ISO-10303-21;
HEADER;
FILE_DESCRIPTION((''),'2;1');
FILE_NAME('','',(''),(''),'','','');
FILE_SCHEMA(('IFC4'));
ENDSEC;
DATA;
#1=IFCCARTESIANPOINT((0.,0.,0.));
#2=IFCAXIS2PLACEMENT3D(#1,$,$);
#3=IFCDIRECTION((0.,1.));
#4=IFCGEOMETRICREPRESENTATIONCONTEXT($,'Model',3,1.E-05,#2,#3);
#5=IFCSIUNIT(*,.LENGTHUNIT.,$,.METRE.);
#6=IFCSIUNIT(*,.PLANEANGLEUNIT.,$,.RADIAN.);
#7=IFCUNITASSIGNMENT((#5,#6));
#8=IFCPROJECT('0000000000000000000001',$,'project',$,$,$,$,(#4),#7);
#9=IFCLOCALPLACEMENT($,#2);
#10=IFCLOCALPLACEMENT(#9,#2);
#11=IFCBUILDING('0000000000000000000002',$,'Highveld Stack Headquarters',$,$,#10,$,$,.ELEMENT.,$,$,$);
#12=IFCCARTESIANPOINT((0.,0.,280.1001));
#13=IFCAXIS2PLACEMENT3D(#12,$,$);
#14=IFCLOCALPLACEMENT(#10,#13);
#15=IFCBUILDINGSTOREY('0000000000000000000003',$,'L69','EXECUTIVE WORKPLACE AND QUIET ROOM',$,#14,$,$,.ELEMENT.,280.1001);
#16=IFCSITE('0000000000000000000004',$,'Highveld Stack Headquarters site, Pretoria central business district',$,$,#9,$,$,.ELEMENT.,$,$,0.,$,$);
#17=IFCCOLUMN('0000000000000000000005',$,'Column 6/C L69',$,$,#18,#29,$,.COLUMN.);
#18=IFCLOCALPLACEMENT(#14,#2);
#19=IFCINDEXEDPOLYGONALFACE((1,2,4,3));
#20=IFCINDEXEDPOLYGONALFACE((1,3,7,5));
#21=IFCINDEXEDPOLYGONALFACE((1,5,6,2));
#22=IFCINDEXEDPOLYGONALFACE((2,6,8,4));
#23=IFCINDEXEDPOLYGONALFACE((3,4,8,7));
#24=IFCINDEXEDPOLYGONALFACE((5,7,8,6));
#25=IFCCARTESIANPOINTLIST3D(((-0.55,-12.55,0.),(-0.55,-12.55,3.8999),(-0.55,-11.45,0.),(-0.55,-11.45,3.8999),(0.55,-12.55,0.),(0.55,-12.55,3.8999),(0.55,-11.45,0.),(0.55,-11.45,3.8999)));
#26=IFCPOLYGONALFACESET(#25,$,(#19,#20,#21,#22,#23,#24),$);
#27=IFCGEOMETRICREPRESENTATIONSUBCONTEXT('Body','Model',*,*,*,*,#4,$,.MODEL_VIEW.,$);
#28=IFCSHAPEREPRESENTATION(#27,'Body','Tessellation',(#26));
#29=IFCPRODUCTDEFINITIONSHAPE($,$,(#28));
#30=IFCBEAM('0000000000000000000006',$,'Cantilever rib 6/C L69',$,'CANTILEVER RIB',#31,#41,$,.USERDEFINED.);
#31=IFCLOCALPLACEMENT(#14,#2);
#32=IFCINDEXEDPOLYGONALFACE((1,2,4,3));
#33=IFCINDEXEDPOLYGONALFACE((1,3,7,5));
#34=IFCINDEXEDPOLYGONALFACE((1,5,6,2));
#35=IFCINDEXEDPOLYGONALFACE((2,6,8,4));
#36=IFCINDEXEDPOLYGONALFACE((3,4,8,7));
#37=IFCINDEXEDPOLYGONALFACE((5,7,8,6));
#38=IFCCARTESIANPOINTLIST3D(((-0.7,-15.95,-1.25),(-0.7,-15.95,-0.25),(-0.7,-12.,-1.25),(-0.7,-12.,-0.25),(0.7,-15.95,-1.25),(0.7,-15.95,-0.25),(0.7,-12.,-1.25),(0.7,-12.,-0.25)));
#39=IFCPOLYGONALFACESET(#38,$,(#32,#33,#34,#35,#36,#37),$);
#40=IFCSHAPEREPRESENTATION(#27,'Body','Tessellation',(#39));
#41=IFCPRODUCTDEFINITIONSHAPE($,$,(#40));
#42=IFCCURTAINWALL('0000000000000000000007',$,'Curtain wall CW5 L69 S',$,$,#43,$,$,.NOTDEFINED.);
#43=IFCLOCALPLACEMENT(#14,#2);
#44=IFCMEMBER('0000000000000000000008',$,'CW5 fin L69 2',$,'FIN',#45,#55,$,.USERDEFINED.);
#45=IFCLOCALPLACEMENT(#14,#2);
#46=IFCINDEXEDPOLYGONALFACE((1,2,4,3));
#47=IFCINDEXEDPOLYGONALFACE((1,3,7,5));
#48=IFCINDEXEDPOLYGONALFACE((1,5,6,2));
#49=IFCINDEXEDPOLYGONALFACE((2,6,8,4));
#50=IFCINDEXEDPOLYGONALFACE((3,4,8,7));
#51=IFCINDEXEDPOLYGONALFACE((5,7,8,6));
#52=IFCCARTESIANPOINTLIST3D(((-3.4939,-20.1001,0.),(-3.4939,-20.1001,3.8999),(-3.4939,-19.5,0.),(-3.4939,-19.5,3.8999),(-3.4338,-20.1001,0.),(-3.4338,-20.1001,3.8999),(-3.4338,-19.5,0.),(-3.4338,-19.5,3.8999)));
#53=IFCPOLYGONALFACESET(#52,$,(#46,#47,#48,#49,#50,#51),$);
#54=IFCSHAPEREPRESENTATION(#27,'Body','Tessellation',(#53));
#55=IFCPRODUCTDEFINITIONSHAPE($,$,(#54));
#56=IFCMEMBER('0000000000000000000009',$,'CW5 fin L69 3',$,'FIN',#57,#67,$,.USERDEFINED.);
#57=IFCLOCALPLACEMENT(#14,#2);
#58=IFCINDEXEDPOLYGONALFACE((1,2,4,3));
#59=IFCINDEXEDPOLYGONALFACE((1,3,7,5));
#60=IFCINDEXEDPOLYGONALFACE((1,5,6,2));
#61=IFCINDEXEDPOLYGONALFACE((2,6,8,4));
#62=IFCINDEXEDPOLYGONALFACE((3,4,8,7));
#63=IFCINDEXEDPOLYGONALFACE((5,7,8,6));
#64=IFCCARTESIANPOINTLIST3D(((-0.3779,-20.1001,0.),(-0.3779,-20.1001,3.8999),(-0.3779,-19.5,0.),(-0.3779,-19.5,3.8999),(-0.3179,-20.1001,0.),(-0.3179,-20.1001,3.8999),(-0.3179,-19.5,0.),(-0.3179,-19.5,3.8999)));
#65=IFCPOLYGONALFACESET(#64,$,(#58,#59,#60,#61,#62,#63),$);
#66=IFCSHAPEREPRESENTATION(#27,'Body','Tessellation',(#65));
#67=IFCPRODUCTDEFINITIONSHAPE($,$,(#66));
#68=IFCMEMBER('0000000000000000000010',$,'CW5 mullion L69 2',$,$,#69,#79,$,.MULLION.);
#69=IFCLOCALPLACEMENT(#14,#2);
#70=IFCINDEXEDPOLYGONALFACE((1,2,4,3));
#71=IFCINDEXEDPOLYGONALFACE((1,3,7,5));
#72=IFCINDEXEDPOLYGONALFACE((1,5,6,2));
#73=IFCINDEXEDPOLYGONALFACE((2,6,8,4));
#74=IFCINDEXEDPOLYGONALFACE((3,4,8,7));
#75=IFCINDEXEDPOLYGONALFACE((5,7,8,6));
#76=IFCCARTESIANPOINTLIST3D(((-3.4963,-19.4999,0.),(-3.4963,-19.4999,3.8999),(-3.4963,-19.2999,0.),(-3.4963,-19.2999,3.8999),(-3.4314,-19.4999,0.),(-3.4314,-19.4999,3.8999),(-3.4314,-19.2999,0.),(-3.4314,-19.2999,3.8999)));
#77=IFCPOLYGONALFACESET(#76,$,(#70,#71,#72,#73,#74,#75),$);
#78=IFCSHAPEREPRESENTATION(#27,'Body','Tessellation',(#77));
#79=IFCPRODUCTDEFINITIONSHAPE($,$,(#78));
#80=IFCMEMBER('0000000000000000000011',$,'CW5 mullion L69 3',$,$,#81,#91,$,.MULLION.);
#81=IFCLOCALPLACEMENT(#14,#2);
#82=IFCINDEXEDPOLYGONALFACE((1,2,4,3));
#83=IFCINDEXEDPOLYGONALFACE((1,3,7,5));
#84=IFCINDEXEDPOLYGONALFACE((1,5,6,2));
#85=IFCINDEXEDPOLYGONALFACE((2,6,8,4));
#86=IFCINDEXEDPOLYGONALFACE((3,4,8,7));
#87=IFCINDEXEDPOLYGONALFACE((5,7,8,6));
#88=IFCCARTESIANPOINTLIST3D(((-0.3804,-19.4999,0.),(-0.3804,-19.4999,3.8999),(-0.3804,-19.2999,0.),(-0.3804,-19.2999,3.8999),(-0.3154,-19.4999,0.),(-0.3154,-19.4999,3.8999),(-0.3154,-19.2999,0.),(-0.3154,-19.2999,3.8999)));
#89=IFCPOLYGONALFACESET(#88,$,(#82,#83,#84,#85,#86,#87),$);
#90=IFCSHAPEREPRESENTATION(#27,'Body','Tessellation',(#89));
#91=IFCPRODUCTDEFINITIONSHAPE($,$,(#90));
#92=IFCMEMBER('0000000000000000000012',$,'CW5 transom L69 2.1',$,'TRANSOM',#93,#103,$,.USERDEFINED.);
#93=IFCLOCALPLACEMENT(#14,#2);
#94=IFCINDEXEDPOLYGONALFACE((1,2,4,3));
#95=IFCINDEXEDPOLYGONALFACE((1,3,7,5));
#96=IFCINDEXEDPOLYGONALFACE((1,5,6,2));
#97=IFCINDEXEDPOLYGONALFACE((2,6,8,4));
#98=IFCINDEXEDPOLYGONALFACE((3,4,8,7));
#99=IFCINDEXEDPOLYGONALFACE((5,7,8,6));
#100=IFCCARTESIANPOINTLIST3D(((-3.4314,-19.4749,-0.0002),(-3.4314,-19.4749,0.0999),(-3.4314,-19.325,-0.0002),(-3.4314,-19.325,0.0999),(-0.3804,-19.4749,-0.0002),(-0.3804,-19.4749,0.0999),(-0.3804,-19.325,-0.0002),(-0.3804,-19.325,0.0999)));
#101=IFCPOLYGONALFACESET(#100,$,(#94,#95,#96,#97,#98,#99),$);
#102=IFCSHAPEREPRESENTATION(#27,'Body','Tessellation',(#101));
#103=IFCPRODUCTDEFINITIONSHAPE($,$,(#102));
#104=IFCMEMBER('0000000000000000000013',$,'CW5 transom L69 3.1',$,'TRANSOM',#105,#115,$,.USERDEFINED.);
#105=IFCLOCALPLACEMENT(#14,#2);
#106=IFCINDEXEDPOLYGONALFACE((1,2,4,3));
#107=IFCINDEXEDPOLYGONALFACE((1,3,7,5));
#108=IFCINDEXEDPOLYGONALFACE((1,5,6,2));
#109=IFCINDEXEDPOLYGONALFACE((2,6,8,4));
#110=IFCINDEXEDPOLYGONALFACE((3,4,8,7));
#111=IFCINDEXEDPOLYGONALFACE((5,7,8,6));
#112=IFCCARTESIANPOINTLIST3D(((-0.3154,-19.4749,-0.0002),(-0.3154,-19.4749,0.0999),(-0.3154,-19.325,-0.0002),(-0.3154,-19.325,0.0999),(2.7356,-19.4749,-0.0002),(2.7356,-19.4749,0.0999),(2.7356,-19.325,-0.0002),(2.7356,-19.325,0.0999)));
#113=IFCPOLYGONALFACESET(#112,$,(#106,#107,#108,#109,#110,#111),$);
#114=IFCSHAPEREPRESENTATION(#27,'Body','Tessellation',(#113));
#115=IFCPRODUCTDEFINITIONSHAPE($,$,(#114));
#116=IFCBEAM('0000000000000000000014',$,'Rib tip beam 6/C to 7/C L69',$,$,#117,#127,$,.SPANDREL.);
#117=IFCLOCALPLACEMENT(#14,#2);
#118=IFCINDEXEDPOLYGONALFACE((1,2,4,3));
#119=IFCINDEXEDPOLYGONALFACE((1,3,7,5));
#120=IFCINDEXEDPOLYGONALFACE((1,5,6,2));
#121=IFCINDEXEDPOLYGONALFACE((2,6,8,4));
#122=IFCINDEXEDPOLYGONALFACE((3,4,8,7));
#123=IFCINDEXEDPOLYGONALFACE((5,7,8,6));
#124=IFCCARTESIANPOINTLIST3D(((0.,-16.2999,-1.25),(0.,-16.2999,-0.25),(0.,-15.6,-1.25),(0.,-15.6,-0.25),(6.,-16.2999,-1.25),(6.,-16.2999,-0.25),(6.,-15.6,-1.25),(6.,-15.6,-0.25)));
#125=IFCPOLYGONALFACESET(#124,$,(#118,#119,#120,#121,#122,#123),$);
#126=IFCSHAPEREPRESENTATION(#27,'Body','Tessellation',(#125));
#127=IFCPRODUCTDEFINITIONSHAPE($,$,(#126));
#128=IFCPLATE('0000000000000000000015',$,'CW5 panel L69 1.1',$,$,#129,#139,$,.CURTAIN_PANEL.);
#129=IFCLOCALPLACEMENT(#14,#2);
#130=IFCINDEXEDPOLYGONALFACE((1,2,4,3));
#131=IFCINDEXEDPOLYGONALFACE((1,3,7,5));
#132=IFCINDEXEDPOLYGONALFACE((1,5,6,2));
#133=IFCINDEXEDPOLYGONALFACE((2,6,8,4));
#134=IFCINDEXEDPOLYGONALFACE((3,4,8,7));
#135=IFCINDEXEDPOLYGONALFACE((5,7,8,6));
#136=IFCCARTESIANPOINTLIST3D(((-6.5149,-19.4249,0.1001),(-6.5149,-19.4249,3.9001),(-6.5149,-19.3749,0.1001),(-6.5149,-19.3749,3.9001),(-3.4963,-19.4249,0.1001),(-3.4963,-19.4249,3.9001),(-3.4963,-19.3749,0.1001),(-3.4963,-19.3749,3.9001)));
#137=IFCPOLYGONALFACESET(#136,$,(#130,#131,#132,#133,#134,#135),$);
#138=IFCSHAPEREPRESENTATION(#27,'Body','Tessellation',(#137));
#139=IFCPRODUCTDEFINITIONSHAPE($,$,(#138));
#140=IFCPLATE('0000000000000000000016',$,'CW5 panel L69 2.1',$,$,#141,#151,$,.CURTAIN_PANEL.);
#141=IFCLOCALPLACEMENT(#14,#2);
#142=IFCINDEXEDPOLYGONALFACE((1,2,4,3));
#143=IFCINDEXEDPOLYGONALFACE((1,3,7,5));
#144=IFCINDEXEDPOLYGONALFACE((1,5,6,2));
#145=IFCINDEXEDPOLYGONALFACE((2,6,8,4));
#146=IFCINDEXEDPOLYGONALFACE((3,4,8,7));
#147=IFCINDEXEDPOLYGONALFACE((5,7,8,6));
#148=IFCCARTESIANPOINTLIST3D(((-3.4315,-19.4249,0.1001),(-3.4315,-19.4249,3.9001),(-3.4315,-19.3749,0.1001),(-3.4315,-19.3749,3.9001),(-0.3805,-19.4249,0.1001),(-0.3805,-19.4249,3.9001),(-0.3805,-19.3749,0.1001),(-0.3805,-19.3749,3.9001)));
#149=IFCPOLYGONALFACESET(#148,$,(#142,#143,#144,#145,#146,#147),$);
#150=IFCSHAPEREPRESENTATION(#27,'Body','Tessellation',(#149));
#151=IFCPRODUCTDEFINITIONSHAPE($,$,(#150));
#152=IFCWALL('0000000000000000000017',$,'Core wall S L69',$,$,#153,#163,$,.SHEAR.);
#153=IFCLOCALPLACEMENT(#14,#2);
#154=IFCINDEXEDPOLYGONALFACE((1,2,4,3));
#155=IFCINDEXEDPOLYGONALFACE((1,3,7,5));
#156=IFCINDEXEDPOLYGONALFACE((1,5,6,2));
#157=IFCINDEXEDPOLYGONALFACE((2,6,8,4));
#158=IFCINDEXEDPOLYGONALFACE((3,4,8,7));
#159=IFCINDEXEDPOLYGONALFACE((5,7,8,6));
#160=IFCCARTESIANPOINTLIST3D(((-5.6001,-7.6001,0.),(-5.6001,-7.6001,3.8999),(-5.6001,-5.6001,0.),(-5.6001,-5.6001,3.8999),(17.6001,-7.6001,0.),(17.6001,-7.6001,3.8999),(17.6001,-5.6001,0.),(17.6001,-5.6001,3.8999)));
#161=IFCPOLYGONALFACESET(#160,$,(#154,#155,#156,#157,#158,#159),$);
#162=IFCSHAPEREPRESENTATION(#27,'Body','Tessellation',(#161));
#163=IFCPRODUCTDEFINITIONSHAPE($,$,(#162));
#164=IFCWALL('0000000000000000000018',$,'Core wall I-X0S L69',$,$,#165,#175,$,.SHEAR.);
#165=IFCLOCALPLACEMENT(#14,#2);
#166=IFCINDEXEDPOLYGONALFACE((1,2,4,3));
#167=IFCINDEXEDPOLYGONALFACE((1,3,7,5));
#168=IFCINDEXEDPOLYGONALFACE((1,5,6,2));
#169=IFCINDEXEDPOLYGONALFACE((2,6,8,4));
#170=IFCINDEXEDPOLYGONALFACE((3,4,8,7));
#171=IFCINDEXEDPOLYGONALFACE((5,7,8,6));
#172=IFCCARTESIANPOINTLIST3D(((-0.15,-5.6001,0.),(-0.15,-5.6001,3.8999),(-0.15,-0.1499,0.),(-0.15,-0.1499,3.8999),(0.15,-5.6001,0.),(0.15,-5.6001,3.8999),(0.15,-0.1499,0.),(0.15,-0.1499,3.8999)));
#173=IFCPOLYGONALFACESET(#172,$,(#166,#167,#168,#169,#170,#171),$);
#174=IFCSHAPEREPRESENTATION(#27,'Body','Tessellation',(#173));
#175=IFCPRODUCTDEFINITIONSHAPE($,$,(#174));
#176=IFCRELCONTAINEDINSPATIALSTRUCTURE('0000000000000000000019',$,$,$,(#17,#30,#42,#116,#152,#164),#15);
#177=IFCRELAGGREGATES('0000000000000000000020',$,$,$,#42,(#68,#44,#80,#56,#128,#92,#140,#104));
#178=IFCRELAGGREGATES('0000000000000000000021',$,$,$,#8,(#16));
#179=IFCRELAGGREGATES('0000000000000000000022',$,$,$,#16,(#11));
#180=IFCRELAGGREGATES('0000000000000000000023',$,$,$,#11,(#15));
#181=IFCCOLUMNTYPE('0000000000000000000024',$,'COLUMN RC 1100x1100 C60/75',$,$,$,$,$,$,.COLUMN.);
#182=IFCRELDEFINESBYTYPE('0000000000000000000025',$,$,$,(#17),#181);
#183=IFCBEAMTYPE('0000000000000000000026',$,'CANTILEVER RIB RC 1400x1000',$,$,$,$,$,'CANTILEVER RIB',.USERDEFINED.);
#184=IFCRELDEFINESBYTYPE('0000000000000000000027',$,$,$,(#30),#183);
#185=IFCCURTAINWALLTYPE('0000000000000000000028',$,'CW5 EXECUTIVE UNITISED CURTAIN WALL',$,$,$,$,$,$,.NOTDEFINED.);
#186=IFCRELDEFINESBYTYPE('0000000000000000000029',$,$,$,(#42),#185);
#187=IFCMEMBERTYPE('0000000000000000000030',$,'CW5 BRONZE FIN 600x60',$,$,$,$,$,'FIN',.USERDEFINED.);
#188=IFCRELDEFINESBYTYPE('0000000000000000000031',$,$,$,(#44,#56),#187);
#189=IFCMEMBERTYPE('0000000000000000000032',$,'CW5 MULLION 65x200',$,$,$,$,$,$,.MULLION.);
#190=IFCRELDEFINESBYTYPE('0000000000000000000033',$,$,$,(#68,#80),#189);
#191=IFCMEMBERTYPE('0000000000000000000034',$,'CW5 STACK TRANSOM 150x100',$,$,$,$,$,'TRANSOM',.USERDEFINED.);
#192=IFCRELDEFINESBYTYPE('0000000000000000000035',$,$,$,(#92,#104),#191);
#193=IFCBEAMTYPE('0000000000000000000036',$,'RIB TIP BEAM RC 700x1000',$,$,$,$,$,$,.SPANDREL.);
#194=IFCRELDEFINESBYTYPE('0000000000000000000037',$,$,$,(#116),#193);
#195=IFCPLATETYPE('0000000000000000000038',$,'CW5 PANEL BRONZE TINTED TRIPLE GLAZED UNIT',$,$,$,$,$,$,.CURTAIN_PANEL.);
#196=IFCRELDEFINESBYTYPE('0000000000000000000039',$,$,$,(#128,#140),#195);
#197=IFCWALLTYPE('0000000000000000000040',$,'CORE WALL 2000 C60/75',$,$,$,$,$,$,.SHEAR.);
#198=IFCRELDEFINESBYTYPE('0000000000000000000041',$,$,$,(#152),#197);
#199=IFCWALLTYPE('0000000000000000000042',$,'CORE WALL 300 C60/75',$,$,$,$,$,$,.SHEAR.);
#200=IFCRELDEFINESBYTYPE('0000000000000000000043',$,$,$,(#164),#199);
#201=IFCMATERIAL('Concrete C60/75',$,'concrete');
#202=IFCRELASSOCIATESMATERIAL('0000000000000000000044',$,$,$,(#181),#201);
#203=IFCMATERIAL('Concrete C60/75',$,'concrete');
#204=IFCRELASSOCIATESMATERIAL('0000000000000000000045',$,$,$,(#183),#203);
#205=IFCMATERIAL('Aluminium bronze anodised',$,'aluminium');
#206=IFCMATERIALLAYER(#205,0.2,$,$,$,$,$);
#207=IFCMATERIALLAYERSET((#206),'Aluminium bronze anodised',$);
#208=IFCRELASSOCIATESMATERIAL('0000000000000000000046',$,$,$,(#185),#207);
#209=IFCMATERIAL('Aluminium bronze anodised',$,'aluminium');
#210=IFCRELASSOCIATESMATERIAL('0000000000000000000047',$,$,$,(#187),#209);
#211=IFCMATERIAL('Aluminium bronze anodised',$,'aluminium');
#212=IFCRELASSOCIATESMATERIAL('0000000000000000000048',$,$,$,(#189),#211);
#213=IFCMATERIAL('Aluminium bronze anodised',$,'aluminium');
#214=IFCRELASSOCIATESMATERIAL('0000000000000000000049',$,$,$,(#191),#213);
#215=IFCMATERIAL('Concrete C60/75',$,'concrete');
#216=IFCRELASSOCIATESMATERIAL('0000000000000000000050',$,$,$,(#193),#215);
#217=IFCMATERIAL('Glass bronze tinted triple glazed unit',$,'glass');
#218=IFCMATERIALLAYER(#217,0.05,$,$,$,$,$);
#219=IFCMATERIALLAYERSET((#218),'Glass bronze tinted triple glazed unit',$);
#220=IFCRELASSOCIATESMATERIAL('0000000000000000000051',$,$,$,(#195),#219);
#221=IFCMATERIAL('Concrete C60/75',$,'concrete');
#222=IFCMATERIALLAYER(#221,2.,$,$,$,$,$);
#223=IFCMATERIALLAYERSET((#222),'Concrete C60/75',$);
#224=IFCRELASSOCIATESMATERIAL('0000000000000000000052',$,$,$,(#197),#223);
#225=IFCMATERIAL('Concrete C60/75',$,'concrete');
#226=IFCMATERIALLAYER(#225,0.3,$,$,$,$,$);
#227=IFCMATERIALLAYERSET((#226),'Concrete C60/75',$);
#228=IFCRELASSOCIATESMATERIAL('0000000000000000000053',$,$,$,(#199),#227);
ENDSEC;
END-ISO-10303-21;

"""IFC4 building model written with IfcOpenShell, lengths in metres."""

from ifc_helpers import new_model, si_unit, direction, frame, frame_2d, origin, origin_2d, place, context, subcontext, project, spatial, rectangle, extrude, material, layer, layer_set, material_profile, profile_set, type_object, element, aggregate, save


model = new_model("IFC4")

# Units and contexts
model_context = context("Model", 3, precision=1e-05, world=origin(), true_north=direction((0.0, 1.0)))
body_context = subcontext(model_context, "Body", "Model", "MODEL_VIEW")
ifc_project = project(units=[si_unit("LENGTHUNIT", "METRE"), si_unit("PLANEANGLEUNIT", "RADIAN")], contexts=[model_context])

# Site, building, storey
site_placement = place(None, origin())
site = spatial("IfcSite", under=ifc_project, at=site_placement, Name="Highveld Stack Headquarters site, Pretoria central business district", CompositionType="ELEMENT", RefElevation=0.0)
building_placement = place(site_placement, origin())
building = spatial("IfcBuilding", under=site, at=building_placement, Name="Highveld Stack Headquarters", CompositionType="ELEMENT")
storey_placement = place(building_placement, frame((0.0, 0.0, 280.1001)))
storey = spatial("IfcBuildingStorey", under=building, at=storey_placement, Name="L69", Description="EXECUTIVE WORKPLACE AND QUIET ROOM", CompositionType="ELEMENT", Elevation=280.1001)

# Column
ifc_material_1 = material(Name="Concrete C60/75", Category="concrete")
ifc_material_profile_1 = material_profile(ifc_material_1, rectangle(XDim=1.1001, YDim=1.1001, at=origin_2d()), Name="RC 1100x1100")
ifc_profile_set_1 = profile_set([ifc_material_profile_1], Name="Concrete C60/75")
column_type = type_object("IfcColumnType", Name="COLUMN RC 1100x1100 C60/75", PredefinedType="COLUMN", material=ifc_profile_set_1)
column_placement = place(storey_placement, frame((0.0, -12.0, 0.0), z_axis=(0.0, 0.0, 1.0), x_axis=(1.0, 0.0, 0.0)))
element("IfcColumn", 1, at=column_placement, inside=storey, type_object=column_type, Name="Column 6/C L69", PredefinedType="COLUMN", context=body_context, shape_type="SweptSolid", body=[
    extrude(rectangle(XDim=1.1001, YDim=1.1001, at=origin_2d()), origin(), (0.0, 0.0, 1.0), 3.8999),
])

# Beam
ifc_material_2 = material(Name="Concrete C60/75", Category="concrete")
ifc_material_profile_2 = material_profile(ifc_material_2, rectangle(XDim=1.3999, YDim=1.0, at=origin_2d()), Name="RC 1400x1000")
ifc_profile_set_2 = profile_set([ifc_material_profile_2], Name="Concrete C60/75")
beam_type_1 = type_object("IfcBeamType", Name="CANTILEVER RIB RC 1400x1000", ElementType="CANTILEVER RIB", PredefinedType="USERDEFINED", material=ifc_profile_set_2)
beam_1_placement = place(storey_placement, frame((0.0, -12.0, -0.75), z_axis=(0.0, -1.0, 0.0), x_axis=(1.0, 0.0, 0.0)))
element("IfcBeam", 2, at=beam_1_placement, inside=storey, type_object=beam_type_1, Name="Cantilever rib 6/C L69", ObjectType="CANTILEVER RIB", PredefinedType="USERDEFINED", context=body_context, shape_type="SweptSolid", body=[
    extrude(rectangle(XDim=1.3999, YDim=1.0, at=origin_2d()), origin(), (0.0, 0.0, 1.0), 3.95),
])

# Curtain wall, members
ifc_material_3 = material(Name="Aluminium bronze anodised", Category="aluminium")
ifc_layer_1 = layer(ifc_material_3, 0.2)
ifc_layer_set_1 = layer_set([ifc_layer_1], Name="Aluminium bronze anodised")
curtain_wall_type = type_object("IfcCurtainWallType", Name="CW5 EXECUTIVE UNITISED CURTAIN WALL", PredefinedType="NOTDEFINED", material=ifc_layer_set_1)
curtain_wall_placement = place(storey_placement, origin())
curtain_wall = element("IfcCurtainWall", 3, at=curtain_wall_placement, inside=storey, type_object=curtain_wall_type, Name="Curtain wall CW5 L69 S", PredefinedType="NOTDEFINED")
ifc_material_4 = material(Name="Aluminium bronze anodised", Category="aluminium")
ifc_material_profile_3 = material_profile(ifc_material_4, rectangle(XDim=0.6001, YDim=0.0601, at=origin_2d()), Name="FIN 600x60")
ifc_profile_set_3 = profile_set([ifc_material_profile_3], Name="Aluminium bronze anodised")
member_type_1 = type_object("IfcMemberType", Name="CW5 BRONZE FIN 600x60", ElementType="FIN", PredefinedType="USERDEFINED", material=ifc_profile_set_3)
member_1_placement = place(storey_placement, frame((-3.4639, -19.8, 0.0), z_axis=(0.0, 0.0, 1.0), x_axis=(0.0, 1.0, 0.0)))
member_1 = element("IfcMember", 4, at=member_1_placement, type_object=member_type_1, Name="CW5 fin L69 2", ObjectType="FIN", PredefinedType="USERDEFINED", context=body_context, shape_type="SweptSolid", body=[
    extrude(rectangle(XDim=0.6001, YDim=0.0601, at=origin_2d()), origin(), (0.0, 0.0, 1.0), 3.8999),
])
member_2_placement = place(storey_placement, frame((-0.3479, -19.8, 0.0), z_axis=(0.0, 0.0, 1.0), x_axis=(0.0, 1.0, 0.0)))
member_2 = element("IfcMember", 5, at=member_2_placement, type_object=member_type_1, Name="CW5 fin L69 3", ObjectType="FIN", PredefinedType="USERDEFINED", context=body_context, shape_type="SweptSolid", body=[
    extrude(rectangle(XDim=0.6001, YDim=0.0601, at=origin_2d()), origin(), (0.0, 0.0, 1.0), 3.8999),
])
ifc_material_5 = material(Name="Aluminium bronze anodised", Category="aluminium")
ifc_material_profile_4 = material_profile(ifc_material_5, rectangle(XDim=0.2, YDim=0.0649, at=origin_2d()), Name="CW5 MULLION 65x200")
ifc_profile_set_4 = profile_set([ifc_material_profile_4], Name="Aluminium bronze anodised")
member_type_2 = type_object("IfcMemberType", Name="CW5 MULLION 65x200", PredefinedType="MULLION", material=ifc_profile_set_4)
member_3_placement = place(storey_placement, frame((-3.4639, -19.3999, 0.0), z_axis=(0.0, 0.0, 1.0), x_axis=(0.0, 1.0, 0.0)))
member_3 = element("IfcMember", 6, at=member_3_placement, type_object=member_type_2, Name="CW5 mullion L69 2", PredefinedType="MULLION", context=body_context, shape_type="SweptSolid", body=[
    extrude(rectangle(XDim=0.2, YDim=0.0649, at=origin_2d()), origin(), (0.0, 0.0, 1.0), 3.8999),
])
member_4_placement = place(storey_placement, frame((-0.3479, -19.3999, 0.0), z_axis=(0.0, 0.0, 1.0), x_axis=(0.0, 1.0, 0.0)))
member_4 = element("IfcMember", 7, at=member_4_placement, type_object=member_type_2, Name="CW5 mullion L69 3", PredefinedType="MULLION", context=body_context, shape_type="SweptSolid", body=[
    extrude(rectangle(XDim=0.2, YDim=0.0649, at=origin_2d()), origin(), (0.0, 0.0, 1.0), 3.8999),
])
ifc_material_6 = material(Name="Aluminium bronze anodised", Category="aluminium")
ifc_material_profile_5 = material_profile(ifc_material_6, rectangle(XDim=0.1499, YDim=0.1001, at=origin_2d()), Name="CW5 TRANSOM 150x100")
ifc_profile_set_5 = profile_set([ifc_material_profile_5], Name="Aluminium bronze anodised")
member_type_3 = type_object("IfcMemberType", Name="CW5 STACK TRANSOM 150x100", ElementType="TRANSOM", PredefinedType="USERDEFINED", material=ifc_profile_set_5)
member_5_placement = place(storey_placement, frame((-3.4314, -19.3999, 0.0498), z_axis=(1.0, 0.0, 0.0), x_axis=(0.0, 1.0, 0.0)))
member_5 = element("IfcMember", 8, at=member_5_placement, type_object=member_type_3, Name="CW5 transom L69 2.1", ObjectType="TRANSOM", PredefinedType="USERDEFINED", context=body_context, shape_type="SweptSolid", body=[
    extrude(rectangle(XDim=0.1499, YDim=0.1001, at=origin_2d()), origin(), (0.0, 0.0, 1.0), 3.051),
])
member_6_placement = place(storey_placement, frame((-0.3154, -19.3999, 0.0498), z_axis=(1.0, 0.0, 0.0), x_axis=(0.0, 1.0, 0.0)))
member_6 = element("IfcMember", 9, at=member_6_placement, type_object=member_type_3, Name="CW5 transom L69 3.1", ObjectType="TRANSOM", PredefinedType="USERDEFINED", context=body_context, shape_type="SweptSolid", body=[
    extrude(rectangle(XDim=0.1499, YDim=0.1001, at=origin_2d()), origin(), (0.0, 0.0, 1.0), 3.051),
])

# Beam
ifc_material_7 = material(Name="Concrete C60/75", Category="concrete")
ifc_material_profile_6 = material_profile(ifc_material_7, rectangle(XDim=0.7, YDim=1.0, at=origin_2d()), Name="RC 700x1000")
ifc_profile_set_6 = profile_set([ifc_material_profile_6], Name="Concrete C60/75")
beam_type_2 = type_object("IfcBeamType", Name="RIB TIP BEAM RC 700x1000", PredefinedType="SPANDREL", material=ifc_profile_set_6)
beam_2_placement = place(storey_placement, frame((0.0, -15.95, -0.75), z_axis=(1.0, 0.0, 0.0), x_axis=(0.0, 1.0, 0.0)))
element("IfcBeam", 10, at=beam_2_placement, inside=storey, type_object=beam_type_2, Name="Rib tip beam 6/C to 7/C L69", PredefinedType="SPANDREL", context=body_context, shape_type="SweptSolid", body=[
    extrude(rectangle(XDim=0.7, YDim=1.0, at=origin_2d()), origin(), (0.0, 0.0, 1.0), 6.0),
])

# Plates
ifc_material_8 = material(Name="Glass bronze tinted triple glazed unit", Category="glass")
ifc_layer_2 = layer(ifc_material_8, 0.05)
ifc_layer_set_2 = layer_set([ifc_layer_2], Name="Glass bronze tinted triple glazed unit")
plate_type = type_object("IfcPlateType", Name="CW5 PANEL BRONZE TINTED TRIPLE GLAZED UNIT", PredefinedType="CURTAIN_PANEL", material=ifc_layer_set_2)
plate_1_placement = place(storey_placement, frame((-5.0056, -19.3999, 0.1001), z_axis=(0.0, 0.0, 1.0), x_axis=(1.0, 0.0, 0.0)))
plate_1 = element("IfcPlate", 11, at=plate_1_placement, type_object=plate_type, Name="CW5 panel L69 1.1", PredefinedType="CURTAIN_PANEL", context=body_context, shape_type="SweptSolid", body=[
    extrude(rectangle(XDim=3.0186, YDim=0.05, at=origin_2d()), origin(), (0.0, 0.0, 1.0), 3.8),
])
plate_2_placement = place(storey_placement, frame((-1.906, -19.3999, 0.1001), z_axis=(0.0, 0.0, 1.0), x_axis=(1.0, 0.0, 0.0)))
plate_2 = element("IfcPlate", 12, at=plate_2_placement, type_object=plate_type, Name="CW5 panel L69 2.1", PredefinedType="CURTAIN_PANEL", context=body_context, shape_type="SweptSolid", body=[
    extrude(rectangle(XDim=3.051, YDim=0.05, at=origin_2d()), origin(), (0.0, 0.0, 1.0), 3.8),
])
aggregate(curtain_wall, [member_3, member_1, member_4, member_2, plate_1, member_5, plate_2, member_6])

# Walls
ifc_material_9 = material(Name="Concrete C60/75", Category="concrete")
ifc_layer_3 = layer(ifc_material_9, 2.0)
ifc_layer_set_3 = layer_set([ifc_layer_3], Name="Concrete C60/75")
wall_type_1 = type_object("IfcWallType", Name="CORE WALL 2000 C60/75", PredefinedType="SHEAR", material=ifc_layer_set_3)
wall_1_placement = place(storey_placement, frame((-5.6001, -6.6001, 0.0), z_axis=(0.0, 0.0, 1.0), x_axis=(1.0, 0.0, 0.0)))
element("IfcWall", 13, at=wall_1_placement, inside=storey, type_object=wall_type_1, Name="Core wall S L69", PredefinedType="SHEAR", context=body_context, shape_type="SweptSolid", body=[
    extrude(rectangle(XDim=23.2002, YDim=2.0, at=frame_2d((11.6001, 0.0))), origin(), (0.0, 0.0, 1.0), 3.8999),
])
ifc_material_10 = material(Name="Concrete C60/75", Category="concrete")
ifc_layer_4 = layer(ifc_material_10, 0.3)
ifc_layer_set_4 = layer_set([ifc_layer_4], Name="Concrete C60/75")
wall_type_2 = type_object("IfcWallType", Name="CORE WALL 300 C60/75", PredefinedType="SHEAR", material=ifc_layer_set_4)
wall_2_placement = place(storey_placement, frame((0.0, -5.6001, 0.0), z_axis=(0.0, 0.0, 1.0), x_axis=(0.0, 1.0, 0.0)))
element("IfcWall", 14, at=wall_2_placement, inside=storey, type_object=wall_type_2, Name="Core wall I-X0S L69", PredefinedType="SHEAR", context=body_context, shape_type="SweptSolid", body=[
    extrude(rectangle(XDim=5.4502, YDim=0.3, at=frame_2d((2.7251, 0.0))), origin(), (0.0, 0.0, 1.0), 3.8999),
])

save(model, "model.ifc")
